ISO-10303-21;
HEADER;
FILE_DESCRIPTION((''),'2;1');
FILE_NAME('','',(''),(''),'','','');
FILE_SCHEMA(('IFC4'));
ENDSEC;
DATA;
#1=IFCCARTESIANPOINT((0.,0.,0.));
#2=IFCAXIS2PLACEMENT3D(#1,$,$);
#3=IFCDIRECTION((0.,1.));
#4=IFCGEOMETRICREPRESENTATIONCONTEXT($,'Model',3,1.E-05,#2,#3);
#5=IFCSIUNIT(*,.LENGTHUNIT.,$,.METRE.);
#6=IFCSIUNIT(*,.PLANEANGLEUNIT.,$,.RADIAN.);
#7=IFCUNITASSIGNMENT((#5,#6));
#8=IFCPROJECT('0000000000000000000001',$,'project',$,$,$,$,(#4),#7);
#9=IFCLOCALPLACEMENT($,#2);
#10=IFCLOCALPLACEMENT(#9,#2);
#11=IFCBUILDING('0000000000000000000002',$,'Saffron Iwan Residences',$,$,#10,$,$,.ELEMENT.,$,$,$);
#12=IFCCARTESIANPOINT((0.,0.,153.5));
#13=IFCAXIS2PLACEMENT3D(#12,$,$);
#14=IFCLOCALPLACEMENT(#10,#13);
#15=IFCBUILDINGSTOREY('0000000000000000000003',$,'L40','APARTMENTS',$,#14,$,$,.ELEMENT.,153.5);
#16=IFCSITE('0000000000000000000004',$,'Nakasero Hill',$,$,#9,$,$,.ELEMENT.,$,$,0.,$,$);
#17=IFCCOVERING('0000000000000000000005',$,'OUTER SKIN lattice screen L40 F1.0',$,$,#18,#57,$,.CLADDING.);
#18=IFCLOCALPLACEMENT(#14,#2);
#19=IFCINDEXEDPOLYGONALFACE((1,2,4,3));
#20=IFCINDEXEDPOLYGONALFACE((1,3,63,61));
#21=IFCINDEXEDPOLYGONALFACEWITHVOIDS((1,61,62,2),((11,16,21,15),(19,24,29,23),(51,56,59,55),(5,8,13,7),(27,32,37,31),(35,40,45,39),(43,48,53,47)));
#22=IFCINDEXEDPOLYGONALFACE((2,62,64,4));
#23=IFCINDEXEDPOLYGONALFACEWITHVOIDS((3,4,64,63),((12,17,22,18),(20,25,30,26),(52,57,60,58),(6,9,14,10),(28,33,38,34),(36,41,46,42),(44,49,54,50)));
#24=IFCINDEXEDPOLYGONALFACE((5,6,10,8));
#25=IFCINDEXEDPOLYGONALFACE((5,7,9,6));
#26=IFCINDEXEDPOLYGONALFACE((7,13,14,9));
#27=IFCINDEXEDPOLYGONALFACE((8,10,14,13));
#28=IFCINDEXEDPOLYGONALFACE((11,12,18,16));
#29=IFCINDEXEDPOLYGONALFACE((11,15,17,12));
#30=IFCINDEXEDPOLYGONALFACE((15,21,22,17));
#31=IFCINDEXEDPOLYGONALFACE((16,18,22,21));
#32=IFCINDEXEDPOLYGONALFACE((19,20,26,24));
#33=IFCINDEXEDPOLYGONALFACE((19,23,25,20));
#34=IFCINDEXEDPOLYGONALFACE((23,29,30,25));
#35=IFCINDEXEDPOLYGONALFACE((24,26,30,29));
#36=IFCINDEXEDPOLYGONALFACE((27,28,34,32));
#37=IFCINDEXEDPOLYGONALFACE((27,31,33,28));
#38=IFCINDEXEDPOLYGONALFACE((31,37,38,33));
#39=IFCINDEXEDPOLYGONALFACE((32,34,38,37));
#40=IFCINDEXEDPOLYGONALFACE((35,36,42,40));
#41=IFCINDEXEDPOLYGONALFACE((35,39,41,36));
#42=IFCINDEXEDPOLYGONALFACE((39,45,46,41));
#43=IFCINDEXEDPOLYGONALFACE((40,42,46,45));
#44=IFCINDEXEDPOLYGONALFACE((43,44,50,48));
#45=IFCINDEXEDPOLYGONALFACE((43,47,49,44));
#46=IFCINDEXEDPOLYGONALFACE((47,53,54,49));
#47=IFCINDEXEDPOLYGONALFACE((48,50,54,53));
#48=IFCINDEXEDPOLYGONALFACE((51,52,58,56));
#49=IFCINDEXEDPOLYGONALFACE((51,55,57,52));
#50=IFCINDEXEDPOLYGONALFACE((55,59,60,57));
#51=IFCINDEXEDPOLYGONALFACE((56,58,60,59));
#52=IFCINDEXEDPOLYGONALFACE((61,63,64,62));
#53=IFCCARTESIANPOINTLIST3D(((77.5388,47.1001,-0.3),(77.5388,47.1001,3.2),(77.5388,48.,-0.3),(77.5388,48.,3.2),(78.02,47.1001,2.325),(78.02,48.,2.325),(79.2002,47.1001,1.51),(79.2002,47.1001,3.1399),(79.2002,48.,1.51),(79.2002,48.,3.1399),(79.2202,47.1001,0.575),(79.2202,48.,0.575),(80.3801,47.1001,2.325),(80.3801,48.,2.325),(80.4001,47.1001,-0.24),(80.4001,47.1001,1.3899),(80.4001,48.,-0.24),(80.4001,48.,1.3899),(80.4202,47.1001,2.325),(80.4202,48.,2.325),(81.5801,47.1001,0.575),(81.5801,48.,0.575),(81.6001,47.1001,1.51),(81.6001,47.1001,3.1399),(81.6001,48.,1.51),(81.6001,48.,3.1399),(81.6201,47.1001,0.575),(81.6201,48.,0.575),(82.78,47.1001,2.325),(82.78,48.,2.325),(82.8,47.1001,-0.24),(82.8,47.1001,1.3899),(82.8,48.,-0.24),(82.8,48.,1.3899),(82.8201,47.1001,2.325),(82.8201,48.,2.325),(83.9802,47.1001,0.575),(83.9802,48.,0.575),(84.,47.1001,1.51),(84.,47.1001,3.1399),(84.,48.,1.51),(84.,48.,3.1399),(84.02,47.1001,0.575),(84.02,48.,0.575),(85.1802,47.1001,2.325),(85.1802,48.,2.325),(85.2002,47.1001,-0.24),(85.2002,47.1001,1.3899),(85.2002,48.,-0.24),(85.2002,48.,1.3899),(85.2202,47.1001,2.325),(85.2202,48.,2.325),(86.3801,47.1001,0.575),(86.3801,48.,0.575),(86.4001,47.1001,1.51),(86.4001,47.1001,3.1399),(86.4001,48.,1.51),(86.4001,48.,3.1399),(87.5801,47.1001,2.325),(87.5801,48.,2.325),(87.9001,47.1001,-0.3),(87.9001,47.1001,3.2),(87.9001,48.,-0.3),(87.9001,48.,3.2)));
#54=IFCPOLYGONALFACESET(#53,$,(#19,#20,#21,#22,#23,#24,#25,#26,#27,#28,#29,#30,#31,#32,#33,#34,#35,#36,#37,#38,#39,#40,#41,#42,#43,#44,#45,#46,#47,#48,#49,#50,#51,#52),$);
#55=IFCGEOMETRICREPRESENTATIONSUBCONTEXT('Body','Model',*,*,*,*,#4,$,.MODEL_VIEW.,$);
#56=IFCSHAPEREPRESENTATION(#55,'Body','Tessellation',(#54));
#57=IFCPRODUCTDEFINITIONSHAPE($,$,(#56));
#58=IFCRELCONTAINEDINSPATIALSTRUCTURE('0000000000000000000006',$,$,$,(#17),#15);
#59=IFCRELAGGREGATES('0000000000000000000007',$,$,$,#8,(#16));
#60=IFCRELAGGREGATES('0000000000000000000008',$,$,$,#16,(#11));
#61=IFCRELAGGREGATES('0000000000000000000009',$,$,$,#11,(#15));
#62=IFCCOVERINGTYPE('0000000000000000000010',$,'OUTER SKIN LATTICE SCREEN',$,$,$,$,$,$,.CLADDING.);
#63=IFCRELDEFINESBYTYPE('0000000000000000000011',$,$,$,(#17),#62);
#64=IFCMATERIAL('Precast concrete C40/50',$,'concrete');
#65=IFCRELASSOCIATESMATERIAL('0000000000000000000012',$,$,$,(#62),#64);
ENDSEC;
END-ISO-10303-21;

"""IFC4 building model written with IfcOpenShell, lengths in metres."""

from ifc_helpers import new_model, si_unit, direction, frame, origin, place, context, subcontext, project, spatial, polyline, outline, extrude, material, type_object, element, save


model = new_model("IFC4")

# Units and contexts
model_context = context("Model", 3, precision=1e-05, world=origin(), true_north=direction((0.0, 1.0)))
body_context = subcontext(model_context, "Body", "Model", "MODEL_VIEW")
ifc_project = project(units=[si_unit("LENGTHUNIT", "METRE"), si_unit("PLANEANGLEUNIT", "RADIAN")], contexts=[model_context])

# Site, building, storey
site_placement = place(None, origin())
site = spatial("IfcSite", under=ifc_project, at=site_placement, Name="Nakasero Hill", CompositionType="ELEMENT", RefElevation=0.0)
building_placement = place(site_placement, origin())
building = spatial("IfcBuilding", under=site, at=building_placement, Name="Saffron Iwan Residences", CompositionType="ELEMENT")
storey_placement = place(building_placement, frame((0.0, 0.0, 153.5)))
storey = spatial("IfcBuildingStorey", under=building, at=storey_placement, Name="L40", Description="APARTMENTS", CompositionType="ELEMENT", Elevation=153.5)

# Covering
ifc_material_1 = material(Name="Precast concrete C40/50", Category="concrete")
covering_type = type_object("IfcCoveringType", Name="OUTER SKIN LATTICE SCREEN", PredefinedType="CLADDING", material=ifc_material_1)
covering_placement = place(storey_placement, frame((77.5388, 48.0, -0.3), z_axis=(0.0, -1.0, 0.0), x_axis=(1.0, 0.0, 0.0)))
element("IfcCovering", 1, at=covering_placement, inside=storey, type_object=covering_type, Name="OUTER SKIN lattice screen L40 F1.0", PredefinedType="CLADDING", context=body_context, shape_type="SweptSolid", body=[
    extrude(outline(polyline([(0.0, 0.0), (10.3613, 0.0), (10.3613, 3.5), (0.0, 3.5), (0.0, 0.0)]), holes=[polyline([(1.6814, 0.875), (2.8613, 0.0601), (4.0413, 0.875), (2.8613, 1.6899), (1.6814, 0.875)]), polyline([(4.0813, 0.875), (5.2612, 0.0601), (6.4414, 0.875), (5.2612, 1.6899), (4.0813, 0.875)]), polyline([(6.4812, 0.875), (7.6614, 0.0601), (8.8413, 0.875), (7.6614, 1.6899), (6.4812, 0.875)]), polyline([(0.4812, 2.625), (1.6614, 1.8101), (2.8413, 2.625), (1.6614, 3.4399), (0.4812, 2.625)]), polyline([(2.8813, 2.625), (4.0613, 1.8101), (5.2412, 2.625), (4.0613, 3.4399), (2.8813, 2.625)]), polyline([(5.2812, 2.625), (6.4612, 1.8101), (7.6414, 2.625), (6.4612, 3.4399), (5.2812, 2.625)]), polyline([(7.6814, 2.625), (8.8613, 1.8101), (10.0413, 2.625), (8.8613, 3.4399), (7.6814, 2.625)])]), origin(), (0.0, 0.0, 1.0), 0.8999),
])

save(model, "model.ifc")
